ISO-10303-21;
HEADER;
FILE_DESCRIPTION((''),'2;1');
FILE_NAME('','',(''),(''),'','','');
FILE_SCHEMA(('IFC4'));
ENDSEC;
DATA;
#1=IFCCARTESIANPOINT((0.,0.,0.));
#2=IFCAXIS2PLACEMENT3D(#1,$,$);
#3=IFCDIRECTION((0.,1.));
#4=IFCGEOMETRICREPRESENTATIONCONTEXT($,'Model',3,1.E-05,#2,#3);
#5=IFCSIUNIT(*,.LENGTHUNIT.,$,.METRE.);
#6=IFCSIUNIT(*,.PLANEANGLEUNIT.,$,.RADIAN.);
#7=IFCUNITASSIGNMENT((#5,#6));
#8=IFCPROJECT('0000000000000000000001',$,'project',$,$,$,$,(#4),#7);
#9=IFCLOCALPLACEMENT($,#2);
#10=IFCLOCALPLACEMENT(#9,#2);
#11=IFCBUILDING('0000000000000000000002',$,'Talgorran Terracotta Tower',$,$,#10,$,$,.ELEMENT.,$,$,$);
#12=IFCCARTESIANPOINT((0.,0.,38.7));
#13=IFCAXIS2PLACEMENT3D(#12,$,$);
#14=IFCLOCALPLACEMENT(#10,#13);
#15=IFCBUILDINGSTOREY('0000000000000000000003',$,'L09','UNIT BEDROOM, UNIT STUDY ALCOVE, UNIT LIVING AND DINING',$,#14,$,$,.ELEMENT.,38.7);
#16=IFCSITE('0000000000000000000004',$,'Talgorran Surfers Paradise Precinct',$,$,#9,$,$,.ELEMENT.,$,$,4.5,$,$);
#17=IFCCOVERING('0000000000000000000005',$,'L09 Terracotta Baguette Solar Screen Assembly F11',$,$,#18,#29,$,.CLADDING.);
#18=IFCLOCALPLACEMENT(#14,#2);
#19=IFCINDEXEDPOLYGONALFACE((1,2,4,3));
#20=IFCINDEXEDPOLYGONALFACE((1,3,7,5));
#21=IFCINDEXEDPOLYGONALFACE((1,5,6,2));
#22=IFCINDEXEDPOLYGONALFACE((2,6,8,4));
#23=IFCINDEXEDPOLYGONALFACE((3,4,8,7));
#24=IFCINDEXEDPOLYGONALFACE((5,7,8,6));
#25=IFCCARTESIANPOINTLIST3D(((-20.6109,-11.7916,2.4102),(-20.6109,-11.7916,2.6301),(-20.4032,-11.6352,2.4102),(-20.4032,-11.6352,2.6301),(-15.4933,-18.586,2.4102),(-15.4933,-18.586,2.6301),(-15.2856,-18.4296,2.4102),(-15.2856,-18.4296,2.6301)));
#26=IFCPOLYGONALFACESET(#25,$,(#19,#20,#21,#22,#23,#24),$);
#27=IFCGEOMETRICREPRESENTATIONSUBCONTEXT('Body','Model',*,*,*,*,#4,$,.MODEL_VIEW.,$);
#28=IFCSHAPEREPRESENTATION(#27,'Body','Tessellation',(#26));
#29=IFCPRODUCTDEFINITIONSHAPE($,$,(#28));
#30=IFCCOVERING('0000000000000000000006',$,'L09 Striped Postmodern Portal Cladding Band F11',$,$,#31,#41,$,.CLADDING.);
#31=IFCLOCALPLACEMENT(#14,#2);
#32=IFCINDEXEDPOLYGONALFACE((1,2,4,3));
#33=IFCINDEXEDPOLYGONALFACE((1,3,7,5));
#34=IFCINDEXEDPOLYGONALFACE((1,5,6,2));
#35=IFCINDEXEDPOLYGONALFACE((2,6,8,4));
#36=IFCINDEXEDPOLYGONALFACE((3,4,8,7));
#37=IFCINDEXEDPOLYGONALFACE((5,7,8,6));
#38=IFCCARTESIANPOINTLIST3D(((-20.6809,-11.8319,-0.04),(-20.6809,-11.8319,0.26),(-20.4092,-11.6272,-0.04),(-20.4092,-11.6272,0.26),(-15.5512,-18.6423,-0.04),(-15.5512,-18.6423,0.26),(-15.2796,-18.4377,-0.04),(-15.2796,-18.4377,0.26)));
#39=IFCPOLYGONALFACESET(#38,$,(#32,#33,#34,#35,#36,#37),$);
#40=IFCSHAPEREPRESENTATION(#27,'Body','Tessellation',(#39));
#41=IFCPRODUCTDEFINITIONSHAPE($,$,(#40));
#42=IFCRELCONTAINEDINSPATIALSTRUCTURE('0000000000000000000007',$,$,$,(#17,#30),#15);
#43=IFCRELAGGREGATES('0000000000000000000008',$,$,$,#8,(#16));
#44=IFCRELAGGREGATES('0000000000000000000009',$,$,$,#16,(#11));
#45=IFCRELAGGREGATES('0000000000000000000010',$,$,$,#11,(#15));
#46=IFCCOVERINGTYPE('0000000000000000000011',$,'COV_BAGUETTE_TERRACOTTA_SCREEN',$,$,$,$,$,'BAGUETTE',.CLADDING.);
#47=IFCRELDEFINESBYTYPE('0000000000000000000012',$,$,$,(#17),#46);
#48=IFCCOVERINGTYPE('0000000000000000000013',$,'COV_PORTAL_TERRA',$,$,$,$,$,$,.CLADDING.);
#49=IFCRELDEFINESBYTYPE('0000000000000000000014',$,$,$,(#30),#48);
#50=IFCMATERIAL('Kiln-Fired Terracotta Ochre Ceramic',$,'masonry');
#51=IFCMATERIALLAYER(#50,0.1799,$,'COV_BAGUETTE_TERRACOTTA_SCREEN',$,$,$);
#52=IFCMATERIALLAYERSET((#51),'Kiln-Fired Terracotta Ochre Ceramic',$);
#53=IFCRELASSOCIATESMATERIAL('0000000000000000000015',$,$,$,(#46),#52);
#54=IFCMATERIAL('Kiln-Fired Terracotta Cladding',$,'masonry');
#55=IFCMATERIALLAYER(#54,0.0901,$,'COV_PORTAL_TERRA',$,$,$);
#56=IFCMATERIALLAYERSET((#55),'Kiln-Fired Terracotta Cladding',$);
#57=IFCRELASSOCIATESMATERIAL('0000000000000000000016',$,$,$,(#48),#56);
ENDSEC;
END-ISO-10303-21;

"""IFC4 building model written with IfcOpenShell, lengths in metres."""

from ifc_helpers import new_model, si_unit, direction, frame, origin, origin_2d, place, context, subcontext, project, spatial, rectangle, extrude, material, layer, layer_set, type_object, element, save


model = new_model("IFC4")

# Units and contexts
model_context = context("Model", 3, precision=1e-05, world=origin(), true_north=direction((0.0, 1.0)))
body_context = subcontext(model_context, "Body", "Model", "MODEL_VIEW")
ifc_project = project(units=[si_unit("LENGTHUNIT", "METRE"), si_unit("PLANEANGLEUNIT", "RADIAN")], contexts=[model_context])

# Site, building, storey
site_placement = place(None, origin())
site = spatial("IfcSite", under=ifc_project, at=site_placement, Name="Talgorran Surfers Paradise Precinct", CompositionType="ELEMENT", RefElevation=4.5)
building_placement = place(site_placement, origin())
building = spatial("IfcBuilding", under=site, at=building_placement, Name="Talgorran Terracotta Tower", CompositionType="ELEMENT")
storey_placement = place(building_placement, frame((0.0, 0.0, 38.7)))
storey = spatial("IfcBuildingStorey", under=building, at=storey_placement, Name="L09", Description="UNIT BEDROOM, UNIT STUDY ALCOVE, UNIT LIVING AND DINING", CompositionType="ELEMENT", Elevation=38.7)

# Coverings
ifc_material_1 = material(Name="Kiln-Fired Terracotta Ochre Ceramic", Category="masonry")
ifc_layer_1 = layer(ifc_material_1, 0.1799, Name="COV_BAGUETTE_TERRACOTTA_SCREEN")
ifc_layer_set_1 = layer_set([ifc_layer_1], Name="Kiln-Fired Terracotta Ochre Ceramic")
covering_type_1 = type_object("IfcCoveringType", Name="COV_BAGUETTE_TERRACOTTA_SCREEN", ElementType="BAGUETTE", PredefinedType="CLADDING", material=ifc_layer_set_1)
covering_1_placement = place(storey_placement, frame((-17.9482, -15.1106, 2.4102), z_axis=(0.0, 0.0, 1.0), x_axis=(0.601634, -0.798772, 0.0)))
element("IfcCovering", 1, at=covering_1_placement, inside=storey, type_object=covering_type_1, Name="L09 Terracotta Baguette Solar Screen Assembly F11", PredefinedType="CLADDING", context=body_context, shape_type="SweptSolid", body=[
    extrude(rectangle(XDim=8.5061, YDim=0.26, at=origin_2d()), origin(), (0.0, 0.0, 1.0), 0.22),
])
ifc_material_2 = material(Name="Kiln-Fired Terracotta Cladding", Category="masonry")
ifc_layer_2 = layer(ifc_material_2, 0.0901, Name="COV_PORTAL_TERRA")
ifc_layer_set_2 = layer_set([ifc_layer_2], Name="Kiln-Fired Terracotta Cladding")
covering_type_2 = type_object("IfcCoveringType", Name="COV_PORTAL_TERRA", PredefinedType="CLADDING", material=ifc_layer_set_2)
covering_2_placement = place(storey_placement, frame((-17.9802, -15.1348, -0.04), z_axis=(0.0, 0.0, 1.0), x_axis=(0.601634, -0.798772, 0.0)))
element("IfcCovering", 2, at=covering_2_placement, inside=storey, type_object=covering_type_2, Name="L09 Striped Postmodern Portal Cladding Band F11", PredefinedType="CLADDING", context=body_context, shape_type="SweptSolid", body=[
    extrude(rectangle(XDim=8.5261, YDim=0.3401, at=origin_2d()), origin(), (0.0, 0.0, 1.0), 0.3),
])

save(model, "model.ifc")
